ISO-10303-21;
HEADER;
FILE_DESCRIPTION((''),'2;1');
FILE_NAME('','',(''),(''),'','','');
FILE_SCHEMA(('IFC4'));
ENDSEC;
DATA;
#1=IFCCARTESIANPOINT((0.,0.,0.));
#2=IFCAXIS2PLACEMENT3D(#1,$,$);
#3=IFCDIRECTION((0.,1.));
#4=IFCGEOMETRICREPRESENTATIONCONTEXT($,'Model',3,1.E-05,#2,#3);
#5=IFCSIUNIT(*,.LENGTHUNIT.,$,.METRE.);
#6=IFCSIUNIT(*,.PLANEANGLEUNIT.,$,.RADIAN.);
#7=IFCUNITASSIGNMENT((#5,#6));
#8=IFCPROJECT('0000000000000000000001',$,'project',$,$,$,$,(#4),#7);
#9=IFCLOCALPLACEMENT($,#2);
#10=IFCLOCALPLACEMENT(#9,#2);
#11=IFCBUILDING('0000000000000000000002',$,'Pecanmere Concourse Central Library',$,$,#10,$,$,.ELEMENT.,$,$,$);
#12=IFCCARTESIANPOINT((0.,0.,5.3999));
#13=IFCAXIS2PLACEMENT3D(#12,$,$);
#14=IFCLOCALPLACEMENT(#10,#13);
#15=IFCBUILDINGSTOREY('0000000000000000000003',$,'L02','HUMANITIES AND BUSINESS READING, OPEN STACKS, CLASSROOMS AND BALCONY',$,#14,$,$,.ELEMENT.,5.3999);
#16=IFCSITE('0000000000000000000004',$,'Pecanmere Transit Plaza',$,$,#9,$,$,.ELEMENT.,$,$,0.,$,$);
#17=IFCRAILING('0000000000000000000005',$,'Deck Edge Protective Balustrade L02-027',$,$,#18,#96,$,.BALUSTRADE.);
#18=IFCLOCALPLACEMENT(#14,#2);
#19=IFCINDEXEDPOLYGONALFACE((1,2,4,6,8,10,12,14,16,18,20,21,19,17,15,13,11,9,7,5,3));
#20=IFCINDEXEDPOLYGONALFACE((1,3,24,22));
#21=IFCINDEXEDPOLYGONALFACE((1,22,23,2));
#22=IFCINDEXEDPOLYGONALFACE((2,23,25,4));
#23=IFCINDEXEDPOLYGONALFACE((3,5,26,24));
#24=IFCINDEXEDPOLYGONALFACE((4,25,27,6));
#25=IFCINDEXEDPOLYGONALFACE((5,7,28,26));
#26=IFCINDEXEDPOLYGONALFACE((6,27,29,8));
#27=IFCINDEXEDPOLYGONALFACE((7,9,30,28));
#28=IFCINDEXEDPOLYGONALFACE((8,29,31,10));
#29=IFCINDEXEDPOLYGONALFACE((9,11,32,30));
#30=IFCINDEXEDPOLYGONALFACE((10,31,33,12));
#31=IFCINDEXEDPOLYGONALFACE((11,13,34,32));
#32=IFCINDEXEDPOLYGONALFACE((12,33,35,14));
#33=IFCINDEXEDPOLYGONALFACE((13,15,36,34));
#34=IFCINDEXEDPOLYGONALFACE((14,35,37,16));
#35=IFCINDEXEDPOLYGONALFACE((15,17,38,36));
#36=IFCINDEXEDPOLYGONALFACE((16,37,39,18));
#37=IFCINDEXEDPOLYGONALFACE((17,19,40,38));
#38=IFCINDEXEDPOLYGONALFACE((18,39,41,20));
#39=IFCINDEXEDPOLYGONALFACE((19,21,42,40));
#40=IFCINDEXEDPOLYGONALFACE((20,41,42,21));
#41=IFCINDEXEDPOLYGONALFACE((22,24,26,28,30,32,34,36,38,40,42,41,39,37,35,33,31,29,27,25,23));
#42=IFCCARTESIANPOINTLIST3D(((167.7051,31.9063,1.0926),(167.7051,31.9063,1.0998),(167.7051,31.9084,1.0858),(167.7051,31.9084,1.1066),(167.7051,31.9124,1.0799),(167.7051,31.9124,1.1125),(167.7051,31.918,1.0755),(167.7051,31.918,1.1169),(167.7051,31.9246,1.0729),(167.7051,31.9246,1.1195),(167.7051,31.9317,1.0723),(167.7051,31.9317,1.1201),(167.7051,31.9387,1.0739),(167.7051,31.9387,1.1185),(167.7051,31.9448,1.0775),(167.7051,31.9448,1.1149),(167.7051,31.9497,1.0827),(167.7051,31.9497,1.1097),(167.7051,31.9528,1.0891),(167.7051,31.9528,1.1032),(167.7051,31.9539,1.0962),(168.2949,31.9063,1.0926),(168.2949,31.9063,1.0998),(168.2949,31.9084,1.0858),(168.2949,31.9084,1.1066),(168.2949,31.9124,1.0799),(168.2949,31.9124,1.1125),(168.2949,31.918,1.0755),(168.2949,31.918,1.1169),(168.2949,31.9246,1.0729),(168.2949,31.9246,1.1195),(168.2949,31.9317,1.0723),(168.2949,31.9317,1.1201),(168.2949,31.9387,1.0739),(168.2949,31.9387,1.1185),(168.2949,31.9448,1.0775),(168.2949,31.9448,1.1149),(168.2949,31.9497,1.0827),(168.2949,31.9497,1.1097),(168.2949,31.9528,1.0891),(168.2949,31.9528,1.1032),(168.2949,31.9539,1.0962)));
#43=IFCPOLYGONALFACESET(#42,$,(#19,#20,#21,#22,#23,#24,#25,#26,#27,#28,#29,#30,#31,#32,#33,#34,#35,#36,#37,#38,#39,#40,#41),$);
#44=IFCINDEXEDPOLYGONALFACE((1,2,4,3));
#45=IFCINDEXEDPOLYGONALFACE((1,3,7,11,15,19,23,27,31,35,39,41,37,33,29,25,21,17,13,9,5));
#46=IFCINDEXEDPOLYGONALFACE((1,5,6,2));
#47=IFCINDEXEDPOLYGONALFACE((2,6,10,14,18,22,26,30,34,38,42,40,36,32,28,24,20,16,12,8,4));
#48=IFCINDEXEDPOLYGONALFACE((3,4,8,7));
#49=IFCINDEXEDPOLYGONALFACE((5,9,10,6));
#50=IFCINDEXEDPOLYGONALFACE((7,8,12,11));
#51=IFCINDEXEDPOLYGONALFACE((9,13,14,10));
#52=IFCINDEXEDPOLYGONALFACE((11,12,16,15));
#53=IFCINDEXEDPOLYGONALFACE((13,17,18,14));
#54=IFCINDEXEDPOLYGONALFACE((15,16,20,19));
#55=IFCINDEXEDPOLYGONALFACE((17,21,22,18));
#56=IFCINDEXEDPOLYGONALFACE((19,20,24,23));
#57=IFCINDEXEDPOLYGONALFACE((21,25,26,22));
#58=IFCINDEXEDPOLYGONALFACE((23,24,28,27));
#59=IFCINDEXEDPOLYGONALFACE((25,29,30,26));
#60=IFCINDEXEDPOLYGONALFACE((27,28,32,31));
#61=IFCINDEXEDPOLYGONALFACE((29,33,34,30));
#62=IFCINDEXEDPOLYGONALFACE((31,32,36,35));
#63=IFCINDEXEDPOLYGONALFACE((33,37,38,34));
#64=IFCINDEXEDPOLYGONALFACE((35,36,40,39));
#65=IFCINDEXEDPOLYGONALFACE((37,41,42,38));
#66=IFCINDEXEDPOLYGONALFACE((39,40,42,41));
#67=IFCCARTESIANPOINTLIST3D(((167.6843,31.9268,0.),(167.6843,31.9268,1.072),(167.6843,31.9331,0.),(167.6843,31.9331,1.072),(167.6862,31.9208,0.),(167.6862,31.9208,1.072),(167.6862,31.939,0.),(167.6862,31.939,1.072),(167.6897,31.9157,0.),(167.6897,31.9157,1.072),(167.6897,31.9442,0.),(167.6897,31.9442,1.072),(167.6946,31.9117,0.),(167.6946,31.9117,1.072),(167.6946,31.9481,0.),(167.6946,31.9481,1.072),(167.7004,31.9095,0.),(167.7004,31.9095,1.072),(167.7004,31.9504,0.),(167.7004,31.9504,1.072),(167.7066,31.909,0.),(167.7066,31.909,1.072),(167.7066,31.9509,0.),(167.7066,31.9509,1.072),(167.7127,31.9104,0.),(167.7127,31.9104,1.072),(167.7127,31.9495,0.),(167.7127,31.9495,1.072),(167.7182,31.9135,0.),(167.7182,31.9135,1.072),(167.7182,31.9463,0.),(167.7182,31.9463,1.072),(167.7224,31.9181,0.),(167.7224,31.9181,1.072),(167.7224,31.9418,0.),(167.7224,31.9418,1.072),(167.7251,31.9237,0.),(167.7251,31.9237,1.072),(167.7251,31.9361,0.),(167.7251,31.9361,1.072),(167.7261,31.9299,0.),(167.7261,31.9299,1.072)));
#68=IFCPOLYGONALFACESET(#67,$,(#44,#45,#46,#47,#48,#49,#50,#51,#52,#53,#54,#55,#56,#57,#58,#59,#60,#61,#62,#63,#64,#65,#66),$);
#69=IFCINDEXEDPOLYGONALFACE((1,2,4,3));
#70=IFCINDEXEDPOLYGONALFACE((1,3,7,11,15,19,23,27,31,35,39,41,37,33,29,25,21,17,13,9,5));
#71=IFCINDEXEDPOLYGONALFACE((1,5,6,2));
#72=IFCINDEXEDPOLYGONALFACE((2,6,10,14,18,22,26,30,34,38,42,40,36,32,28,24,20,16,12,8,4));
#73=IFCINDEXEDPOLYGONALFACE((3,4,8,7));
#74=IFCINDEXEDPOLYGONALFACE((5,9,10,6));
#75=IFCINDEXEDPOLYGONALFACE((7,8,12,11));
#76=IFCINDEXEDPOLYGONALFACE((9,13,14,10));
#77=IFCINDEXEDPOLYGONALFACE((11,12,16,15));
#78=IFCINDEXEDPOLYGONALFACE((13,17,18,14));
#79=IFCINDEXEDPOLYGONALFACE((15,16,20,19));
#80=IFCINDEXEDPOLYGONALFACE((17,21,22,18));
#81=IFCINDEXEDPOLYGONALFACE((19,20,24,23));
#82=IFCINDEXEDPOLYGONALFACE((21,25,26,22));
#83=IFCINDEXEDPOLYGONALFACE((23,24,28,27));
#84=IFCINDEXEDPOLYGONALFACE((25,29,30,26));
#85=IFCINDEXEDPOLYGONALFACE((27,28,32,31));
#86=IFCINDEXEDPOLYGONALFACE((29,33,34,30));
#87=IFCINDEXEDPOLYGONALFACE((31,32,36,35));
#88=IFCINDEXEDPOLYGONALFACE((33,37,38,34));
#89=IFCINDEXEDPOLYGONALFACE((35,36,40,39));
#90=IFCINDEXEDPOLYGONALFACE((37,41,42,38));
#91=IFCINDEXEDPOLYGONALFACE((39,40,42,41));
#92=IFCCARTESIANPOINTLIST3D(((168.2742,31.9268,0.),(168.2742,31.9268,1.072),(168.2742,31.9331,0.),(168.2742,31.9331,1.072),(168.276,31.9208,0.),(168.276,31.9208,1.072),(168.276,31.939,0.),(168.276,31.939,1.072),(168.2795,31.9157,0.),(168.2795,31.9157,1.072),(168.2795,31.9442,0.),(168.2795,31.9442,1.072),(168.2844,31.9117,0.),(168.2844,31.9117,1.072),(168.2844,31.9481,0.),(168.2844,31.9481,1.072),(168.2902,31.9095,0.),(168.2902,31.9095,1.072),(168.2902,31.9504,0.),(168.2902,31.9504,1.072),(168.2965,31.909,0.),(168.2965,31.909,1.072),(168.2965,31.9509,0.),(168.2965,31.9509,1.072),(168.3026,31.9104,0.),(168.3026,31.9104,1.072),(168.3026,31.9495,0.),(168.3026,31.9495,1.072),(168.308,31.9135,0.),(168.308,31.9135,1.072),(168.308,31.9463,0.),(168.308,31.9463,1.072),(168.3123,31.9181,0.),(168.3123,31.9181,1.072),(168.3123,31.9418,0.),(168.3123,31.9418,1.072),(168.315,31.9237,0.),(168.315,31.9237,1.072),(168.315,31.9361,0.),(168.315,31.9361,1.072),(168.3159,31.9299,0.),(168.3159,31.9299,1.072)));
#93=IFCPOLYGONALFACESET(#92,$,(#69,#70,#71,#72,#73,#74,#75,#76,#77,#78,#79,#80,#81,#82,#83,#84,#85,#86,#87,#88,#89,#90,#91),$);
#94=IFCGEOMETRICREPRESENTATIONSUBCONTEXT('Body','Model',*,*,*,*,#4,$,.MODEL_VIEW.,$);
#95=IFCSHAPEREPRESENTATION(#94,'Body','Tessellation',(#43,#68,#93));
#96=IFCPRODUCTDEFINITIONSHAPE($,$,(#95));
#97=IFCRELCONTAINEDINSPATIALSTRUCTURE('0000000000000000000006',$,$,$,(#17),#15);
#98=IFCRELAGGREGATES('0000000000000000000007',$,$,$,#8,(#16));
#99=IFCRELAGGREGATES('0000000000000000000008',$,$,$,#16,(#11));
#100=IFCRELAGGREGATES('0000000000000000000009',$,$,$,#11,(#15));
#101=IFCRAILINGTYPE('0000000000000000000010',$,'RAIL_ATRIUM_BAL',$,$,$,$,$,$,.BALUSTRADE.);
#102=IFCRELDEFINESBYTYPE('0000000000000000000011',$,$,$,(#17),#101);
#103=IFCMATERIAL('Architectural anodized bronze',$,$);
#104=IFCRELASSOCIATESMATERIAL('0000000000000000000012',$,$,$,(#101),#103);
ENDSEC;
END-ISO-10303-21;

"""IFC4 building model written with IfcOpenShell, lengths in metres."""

from ifc_helpers import new_model, si_unit, direction, frame, origin, origin_2d, place, context, subcontext, project, spatial, circle, extrude, material, type_object, element, save


model = new_model("IFC4")

# Units and contexts
model_context = context("Model", 3, precision=1e-05, world=origin(), true_north=direction((0.0, 1.0)))
body_context = subcontext(model_context, "Body", "Model", "MODEL_VIEW")
ifc_project = project(units=[si_unit("LENGTHUNIT", "METRE"), si_unit("PLANEANGLEUNIT", "RADIAN")], contexts=[model_context])

# Site, building, storey
site_placement = place(None, origin())
site = spatial("IfcSite", under=ifc_project, at=site_placement, Name="Pecanmere Transit Plaza", CompositionType="ELEMENT", RefElevation=0.0)
building_placement = place(site_placement, origin())
building = spatial("IfcBuilding", under=site, at=building_placement, Name="Pecanmere Concourse Central Library", CompositionType="ELEMENT")
storey_placement = place(building_placement, frame((0.0, 0.0, 5.3999)))
storey = spatial("IfcBuildingStorey", under=building, at=storey_placement, Name="L02", Description="HUMANITIES AND BUSINESS READING, OPEN STACKS, CLASSROOMS AND BALCONY", CompositionType="ELEMENT", Elevation=5.3999)

# Railing
ifc_material_1 = material(Name="Architectural anodized bronze")
railing_type = type_object("IfcRailingType", Name="RAIL_ATRIUM_BAL", PredefinedType="BALUSTRADE", material=ifc_material_1)
for number, where, name in (
    (1, (167.7051, 31.9299, 0.0), "Deck Edge Protective Balustrade L02-027"),
):
    element("IfcRailing", number, at=place(storey_placement, frame(where)), inside=storey, type_object=railing_type, Name=name, PredefinedType="BALUSTRADE", context=body_context, shape_type="SweptSolid", body=[
        extrude(circle(Radius=0.0239, at=origin_2d()), frame((0.0, 0.0, 1.0962), z_axis=(1.0, 0.0, 0.0), x_axis=(0.0, 1.0, 0.0)), (0.0, 0.0, 1.0), 0.5898),
        extrude(circle(Radius=0.021, at=origin_2d()), origin(), (0.0, 0.0, 1.0), 1.072),
        extrude(circle(Radius=0.021, at=origin_2d()), frame((0.5898, 0.0, 0.0)), (0.0, 0.0, 1.0), 1.072),
    ])

save(model, "model.ifc")
